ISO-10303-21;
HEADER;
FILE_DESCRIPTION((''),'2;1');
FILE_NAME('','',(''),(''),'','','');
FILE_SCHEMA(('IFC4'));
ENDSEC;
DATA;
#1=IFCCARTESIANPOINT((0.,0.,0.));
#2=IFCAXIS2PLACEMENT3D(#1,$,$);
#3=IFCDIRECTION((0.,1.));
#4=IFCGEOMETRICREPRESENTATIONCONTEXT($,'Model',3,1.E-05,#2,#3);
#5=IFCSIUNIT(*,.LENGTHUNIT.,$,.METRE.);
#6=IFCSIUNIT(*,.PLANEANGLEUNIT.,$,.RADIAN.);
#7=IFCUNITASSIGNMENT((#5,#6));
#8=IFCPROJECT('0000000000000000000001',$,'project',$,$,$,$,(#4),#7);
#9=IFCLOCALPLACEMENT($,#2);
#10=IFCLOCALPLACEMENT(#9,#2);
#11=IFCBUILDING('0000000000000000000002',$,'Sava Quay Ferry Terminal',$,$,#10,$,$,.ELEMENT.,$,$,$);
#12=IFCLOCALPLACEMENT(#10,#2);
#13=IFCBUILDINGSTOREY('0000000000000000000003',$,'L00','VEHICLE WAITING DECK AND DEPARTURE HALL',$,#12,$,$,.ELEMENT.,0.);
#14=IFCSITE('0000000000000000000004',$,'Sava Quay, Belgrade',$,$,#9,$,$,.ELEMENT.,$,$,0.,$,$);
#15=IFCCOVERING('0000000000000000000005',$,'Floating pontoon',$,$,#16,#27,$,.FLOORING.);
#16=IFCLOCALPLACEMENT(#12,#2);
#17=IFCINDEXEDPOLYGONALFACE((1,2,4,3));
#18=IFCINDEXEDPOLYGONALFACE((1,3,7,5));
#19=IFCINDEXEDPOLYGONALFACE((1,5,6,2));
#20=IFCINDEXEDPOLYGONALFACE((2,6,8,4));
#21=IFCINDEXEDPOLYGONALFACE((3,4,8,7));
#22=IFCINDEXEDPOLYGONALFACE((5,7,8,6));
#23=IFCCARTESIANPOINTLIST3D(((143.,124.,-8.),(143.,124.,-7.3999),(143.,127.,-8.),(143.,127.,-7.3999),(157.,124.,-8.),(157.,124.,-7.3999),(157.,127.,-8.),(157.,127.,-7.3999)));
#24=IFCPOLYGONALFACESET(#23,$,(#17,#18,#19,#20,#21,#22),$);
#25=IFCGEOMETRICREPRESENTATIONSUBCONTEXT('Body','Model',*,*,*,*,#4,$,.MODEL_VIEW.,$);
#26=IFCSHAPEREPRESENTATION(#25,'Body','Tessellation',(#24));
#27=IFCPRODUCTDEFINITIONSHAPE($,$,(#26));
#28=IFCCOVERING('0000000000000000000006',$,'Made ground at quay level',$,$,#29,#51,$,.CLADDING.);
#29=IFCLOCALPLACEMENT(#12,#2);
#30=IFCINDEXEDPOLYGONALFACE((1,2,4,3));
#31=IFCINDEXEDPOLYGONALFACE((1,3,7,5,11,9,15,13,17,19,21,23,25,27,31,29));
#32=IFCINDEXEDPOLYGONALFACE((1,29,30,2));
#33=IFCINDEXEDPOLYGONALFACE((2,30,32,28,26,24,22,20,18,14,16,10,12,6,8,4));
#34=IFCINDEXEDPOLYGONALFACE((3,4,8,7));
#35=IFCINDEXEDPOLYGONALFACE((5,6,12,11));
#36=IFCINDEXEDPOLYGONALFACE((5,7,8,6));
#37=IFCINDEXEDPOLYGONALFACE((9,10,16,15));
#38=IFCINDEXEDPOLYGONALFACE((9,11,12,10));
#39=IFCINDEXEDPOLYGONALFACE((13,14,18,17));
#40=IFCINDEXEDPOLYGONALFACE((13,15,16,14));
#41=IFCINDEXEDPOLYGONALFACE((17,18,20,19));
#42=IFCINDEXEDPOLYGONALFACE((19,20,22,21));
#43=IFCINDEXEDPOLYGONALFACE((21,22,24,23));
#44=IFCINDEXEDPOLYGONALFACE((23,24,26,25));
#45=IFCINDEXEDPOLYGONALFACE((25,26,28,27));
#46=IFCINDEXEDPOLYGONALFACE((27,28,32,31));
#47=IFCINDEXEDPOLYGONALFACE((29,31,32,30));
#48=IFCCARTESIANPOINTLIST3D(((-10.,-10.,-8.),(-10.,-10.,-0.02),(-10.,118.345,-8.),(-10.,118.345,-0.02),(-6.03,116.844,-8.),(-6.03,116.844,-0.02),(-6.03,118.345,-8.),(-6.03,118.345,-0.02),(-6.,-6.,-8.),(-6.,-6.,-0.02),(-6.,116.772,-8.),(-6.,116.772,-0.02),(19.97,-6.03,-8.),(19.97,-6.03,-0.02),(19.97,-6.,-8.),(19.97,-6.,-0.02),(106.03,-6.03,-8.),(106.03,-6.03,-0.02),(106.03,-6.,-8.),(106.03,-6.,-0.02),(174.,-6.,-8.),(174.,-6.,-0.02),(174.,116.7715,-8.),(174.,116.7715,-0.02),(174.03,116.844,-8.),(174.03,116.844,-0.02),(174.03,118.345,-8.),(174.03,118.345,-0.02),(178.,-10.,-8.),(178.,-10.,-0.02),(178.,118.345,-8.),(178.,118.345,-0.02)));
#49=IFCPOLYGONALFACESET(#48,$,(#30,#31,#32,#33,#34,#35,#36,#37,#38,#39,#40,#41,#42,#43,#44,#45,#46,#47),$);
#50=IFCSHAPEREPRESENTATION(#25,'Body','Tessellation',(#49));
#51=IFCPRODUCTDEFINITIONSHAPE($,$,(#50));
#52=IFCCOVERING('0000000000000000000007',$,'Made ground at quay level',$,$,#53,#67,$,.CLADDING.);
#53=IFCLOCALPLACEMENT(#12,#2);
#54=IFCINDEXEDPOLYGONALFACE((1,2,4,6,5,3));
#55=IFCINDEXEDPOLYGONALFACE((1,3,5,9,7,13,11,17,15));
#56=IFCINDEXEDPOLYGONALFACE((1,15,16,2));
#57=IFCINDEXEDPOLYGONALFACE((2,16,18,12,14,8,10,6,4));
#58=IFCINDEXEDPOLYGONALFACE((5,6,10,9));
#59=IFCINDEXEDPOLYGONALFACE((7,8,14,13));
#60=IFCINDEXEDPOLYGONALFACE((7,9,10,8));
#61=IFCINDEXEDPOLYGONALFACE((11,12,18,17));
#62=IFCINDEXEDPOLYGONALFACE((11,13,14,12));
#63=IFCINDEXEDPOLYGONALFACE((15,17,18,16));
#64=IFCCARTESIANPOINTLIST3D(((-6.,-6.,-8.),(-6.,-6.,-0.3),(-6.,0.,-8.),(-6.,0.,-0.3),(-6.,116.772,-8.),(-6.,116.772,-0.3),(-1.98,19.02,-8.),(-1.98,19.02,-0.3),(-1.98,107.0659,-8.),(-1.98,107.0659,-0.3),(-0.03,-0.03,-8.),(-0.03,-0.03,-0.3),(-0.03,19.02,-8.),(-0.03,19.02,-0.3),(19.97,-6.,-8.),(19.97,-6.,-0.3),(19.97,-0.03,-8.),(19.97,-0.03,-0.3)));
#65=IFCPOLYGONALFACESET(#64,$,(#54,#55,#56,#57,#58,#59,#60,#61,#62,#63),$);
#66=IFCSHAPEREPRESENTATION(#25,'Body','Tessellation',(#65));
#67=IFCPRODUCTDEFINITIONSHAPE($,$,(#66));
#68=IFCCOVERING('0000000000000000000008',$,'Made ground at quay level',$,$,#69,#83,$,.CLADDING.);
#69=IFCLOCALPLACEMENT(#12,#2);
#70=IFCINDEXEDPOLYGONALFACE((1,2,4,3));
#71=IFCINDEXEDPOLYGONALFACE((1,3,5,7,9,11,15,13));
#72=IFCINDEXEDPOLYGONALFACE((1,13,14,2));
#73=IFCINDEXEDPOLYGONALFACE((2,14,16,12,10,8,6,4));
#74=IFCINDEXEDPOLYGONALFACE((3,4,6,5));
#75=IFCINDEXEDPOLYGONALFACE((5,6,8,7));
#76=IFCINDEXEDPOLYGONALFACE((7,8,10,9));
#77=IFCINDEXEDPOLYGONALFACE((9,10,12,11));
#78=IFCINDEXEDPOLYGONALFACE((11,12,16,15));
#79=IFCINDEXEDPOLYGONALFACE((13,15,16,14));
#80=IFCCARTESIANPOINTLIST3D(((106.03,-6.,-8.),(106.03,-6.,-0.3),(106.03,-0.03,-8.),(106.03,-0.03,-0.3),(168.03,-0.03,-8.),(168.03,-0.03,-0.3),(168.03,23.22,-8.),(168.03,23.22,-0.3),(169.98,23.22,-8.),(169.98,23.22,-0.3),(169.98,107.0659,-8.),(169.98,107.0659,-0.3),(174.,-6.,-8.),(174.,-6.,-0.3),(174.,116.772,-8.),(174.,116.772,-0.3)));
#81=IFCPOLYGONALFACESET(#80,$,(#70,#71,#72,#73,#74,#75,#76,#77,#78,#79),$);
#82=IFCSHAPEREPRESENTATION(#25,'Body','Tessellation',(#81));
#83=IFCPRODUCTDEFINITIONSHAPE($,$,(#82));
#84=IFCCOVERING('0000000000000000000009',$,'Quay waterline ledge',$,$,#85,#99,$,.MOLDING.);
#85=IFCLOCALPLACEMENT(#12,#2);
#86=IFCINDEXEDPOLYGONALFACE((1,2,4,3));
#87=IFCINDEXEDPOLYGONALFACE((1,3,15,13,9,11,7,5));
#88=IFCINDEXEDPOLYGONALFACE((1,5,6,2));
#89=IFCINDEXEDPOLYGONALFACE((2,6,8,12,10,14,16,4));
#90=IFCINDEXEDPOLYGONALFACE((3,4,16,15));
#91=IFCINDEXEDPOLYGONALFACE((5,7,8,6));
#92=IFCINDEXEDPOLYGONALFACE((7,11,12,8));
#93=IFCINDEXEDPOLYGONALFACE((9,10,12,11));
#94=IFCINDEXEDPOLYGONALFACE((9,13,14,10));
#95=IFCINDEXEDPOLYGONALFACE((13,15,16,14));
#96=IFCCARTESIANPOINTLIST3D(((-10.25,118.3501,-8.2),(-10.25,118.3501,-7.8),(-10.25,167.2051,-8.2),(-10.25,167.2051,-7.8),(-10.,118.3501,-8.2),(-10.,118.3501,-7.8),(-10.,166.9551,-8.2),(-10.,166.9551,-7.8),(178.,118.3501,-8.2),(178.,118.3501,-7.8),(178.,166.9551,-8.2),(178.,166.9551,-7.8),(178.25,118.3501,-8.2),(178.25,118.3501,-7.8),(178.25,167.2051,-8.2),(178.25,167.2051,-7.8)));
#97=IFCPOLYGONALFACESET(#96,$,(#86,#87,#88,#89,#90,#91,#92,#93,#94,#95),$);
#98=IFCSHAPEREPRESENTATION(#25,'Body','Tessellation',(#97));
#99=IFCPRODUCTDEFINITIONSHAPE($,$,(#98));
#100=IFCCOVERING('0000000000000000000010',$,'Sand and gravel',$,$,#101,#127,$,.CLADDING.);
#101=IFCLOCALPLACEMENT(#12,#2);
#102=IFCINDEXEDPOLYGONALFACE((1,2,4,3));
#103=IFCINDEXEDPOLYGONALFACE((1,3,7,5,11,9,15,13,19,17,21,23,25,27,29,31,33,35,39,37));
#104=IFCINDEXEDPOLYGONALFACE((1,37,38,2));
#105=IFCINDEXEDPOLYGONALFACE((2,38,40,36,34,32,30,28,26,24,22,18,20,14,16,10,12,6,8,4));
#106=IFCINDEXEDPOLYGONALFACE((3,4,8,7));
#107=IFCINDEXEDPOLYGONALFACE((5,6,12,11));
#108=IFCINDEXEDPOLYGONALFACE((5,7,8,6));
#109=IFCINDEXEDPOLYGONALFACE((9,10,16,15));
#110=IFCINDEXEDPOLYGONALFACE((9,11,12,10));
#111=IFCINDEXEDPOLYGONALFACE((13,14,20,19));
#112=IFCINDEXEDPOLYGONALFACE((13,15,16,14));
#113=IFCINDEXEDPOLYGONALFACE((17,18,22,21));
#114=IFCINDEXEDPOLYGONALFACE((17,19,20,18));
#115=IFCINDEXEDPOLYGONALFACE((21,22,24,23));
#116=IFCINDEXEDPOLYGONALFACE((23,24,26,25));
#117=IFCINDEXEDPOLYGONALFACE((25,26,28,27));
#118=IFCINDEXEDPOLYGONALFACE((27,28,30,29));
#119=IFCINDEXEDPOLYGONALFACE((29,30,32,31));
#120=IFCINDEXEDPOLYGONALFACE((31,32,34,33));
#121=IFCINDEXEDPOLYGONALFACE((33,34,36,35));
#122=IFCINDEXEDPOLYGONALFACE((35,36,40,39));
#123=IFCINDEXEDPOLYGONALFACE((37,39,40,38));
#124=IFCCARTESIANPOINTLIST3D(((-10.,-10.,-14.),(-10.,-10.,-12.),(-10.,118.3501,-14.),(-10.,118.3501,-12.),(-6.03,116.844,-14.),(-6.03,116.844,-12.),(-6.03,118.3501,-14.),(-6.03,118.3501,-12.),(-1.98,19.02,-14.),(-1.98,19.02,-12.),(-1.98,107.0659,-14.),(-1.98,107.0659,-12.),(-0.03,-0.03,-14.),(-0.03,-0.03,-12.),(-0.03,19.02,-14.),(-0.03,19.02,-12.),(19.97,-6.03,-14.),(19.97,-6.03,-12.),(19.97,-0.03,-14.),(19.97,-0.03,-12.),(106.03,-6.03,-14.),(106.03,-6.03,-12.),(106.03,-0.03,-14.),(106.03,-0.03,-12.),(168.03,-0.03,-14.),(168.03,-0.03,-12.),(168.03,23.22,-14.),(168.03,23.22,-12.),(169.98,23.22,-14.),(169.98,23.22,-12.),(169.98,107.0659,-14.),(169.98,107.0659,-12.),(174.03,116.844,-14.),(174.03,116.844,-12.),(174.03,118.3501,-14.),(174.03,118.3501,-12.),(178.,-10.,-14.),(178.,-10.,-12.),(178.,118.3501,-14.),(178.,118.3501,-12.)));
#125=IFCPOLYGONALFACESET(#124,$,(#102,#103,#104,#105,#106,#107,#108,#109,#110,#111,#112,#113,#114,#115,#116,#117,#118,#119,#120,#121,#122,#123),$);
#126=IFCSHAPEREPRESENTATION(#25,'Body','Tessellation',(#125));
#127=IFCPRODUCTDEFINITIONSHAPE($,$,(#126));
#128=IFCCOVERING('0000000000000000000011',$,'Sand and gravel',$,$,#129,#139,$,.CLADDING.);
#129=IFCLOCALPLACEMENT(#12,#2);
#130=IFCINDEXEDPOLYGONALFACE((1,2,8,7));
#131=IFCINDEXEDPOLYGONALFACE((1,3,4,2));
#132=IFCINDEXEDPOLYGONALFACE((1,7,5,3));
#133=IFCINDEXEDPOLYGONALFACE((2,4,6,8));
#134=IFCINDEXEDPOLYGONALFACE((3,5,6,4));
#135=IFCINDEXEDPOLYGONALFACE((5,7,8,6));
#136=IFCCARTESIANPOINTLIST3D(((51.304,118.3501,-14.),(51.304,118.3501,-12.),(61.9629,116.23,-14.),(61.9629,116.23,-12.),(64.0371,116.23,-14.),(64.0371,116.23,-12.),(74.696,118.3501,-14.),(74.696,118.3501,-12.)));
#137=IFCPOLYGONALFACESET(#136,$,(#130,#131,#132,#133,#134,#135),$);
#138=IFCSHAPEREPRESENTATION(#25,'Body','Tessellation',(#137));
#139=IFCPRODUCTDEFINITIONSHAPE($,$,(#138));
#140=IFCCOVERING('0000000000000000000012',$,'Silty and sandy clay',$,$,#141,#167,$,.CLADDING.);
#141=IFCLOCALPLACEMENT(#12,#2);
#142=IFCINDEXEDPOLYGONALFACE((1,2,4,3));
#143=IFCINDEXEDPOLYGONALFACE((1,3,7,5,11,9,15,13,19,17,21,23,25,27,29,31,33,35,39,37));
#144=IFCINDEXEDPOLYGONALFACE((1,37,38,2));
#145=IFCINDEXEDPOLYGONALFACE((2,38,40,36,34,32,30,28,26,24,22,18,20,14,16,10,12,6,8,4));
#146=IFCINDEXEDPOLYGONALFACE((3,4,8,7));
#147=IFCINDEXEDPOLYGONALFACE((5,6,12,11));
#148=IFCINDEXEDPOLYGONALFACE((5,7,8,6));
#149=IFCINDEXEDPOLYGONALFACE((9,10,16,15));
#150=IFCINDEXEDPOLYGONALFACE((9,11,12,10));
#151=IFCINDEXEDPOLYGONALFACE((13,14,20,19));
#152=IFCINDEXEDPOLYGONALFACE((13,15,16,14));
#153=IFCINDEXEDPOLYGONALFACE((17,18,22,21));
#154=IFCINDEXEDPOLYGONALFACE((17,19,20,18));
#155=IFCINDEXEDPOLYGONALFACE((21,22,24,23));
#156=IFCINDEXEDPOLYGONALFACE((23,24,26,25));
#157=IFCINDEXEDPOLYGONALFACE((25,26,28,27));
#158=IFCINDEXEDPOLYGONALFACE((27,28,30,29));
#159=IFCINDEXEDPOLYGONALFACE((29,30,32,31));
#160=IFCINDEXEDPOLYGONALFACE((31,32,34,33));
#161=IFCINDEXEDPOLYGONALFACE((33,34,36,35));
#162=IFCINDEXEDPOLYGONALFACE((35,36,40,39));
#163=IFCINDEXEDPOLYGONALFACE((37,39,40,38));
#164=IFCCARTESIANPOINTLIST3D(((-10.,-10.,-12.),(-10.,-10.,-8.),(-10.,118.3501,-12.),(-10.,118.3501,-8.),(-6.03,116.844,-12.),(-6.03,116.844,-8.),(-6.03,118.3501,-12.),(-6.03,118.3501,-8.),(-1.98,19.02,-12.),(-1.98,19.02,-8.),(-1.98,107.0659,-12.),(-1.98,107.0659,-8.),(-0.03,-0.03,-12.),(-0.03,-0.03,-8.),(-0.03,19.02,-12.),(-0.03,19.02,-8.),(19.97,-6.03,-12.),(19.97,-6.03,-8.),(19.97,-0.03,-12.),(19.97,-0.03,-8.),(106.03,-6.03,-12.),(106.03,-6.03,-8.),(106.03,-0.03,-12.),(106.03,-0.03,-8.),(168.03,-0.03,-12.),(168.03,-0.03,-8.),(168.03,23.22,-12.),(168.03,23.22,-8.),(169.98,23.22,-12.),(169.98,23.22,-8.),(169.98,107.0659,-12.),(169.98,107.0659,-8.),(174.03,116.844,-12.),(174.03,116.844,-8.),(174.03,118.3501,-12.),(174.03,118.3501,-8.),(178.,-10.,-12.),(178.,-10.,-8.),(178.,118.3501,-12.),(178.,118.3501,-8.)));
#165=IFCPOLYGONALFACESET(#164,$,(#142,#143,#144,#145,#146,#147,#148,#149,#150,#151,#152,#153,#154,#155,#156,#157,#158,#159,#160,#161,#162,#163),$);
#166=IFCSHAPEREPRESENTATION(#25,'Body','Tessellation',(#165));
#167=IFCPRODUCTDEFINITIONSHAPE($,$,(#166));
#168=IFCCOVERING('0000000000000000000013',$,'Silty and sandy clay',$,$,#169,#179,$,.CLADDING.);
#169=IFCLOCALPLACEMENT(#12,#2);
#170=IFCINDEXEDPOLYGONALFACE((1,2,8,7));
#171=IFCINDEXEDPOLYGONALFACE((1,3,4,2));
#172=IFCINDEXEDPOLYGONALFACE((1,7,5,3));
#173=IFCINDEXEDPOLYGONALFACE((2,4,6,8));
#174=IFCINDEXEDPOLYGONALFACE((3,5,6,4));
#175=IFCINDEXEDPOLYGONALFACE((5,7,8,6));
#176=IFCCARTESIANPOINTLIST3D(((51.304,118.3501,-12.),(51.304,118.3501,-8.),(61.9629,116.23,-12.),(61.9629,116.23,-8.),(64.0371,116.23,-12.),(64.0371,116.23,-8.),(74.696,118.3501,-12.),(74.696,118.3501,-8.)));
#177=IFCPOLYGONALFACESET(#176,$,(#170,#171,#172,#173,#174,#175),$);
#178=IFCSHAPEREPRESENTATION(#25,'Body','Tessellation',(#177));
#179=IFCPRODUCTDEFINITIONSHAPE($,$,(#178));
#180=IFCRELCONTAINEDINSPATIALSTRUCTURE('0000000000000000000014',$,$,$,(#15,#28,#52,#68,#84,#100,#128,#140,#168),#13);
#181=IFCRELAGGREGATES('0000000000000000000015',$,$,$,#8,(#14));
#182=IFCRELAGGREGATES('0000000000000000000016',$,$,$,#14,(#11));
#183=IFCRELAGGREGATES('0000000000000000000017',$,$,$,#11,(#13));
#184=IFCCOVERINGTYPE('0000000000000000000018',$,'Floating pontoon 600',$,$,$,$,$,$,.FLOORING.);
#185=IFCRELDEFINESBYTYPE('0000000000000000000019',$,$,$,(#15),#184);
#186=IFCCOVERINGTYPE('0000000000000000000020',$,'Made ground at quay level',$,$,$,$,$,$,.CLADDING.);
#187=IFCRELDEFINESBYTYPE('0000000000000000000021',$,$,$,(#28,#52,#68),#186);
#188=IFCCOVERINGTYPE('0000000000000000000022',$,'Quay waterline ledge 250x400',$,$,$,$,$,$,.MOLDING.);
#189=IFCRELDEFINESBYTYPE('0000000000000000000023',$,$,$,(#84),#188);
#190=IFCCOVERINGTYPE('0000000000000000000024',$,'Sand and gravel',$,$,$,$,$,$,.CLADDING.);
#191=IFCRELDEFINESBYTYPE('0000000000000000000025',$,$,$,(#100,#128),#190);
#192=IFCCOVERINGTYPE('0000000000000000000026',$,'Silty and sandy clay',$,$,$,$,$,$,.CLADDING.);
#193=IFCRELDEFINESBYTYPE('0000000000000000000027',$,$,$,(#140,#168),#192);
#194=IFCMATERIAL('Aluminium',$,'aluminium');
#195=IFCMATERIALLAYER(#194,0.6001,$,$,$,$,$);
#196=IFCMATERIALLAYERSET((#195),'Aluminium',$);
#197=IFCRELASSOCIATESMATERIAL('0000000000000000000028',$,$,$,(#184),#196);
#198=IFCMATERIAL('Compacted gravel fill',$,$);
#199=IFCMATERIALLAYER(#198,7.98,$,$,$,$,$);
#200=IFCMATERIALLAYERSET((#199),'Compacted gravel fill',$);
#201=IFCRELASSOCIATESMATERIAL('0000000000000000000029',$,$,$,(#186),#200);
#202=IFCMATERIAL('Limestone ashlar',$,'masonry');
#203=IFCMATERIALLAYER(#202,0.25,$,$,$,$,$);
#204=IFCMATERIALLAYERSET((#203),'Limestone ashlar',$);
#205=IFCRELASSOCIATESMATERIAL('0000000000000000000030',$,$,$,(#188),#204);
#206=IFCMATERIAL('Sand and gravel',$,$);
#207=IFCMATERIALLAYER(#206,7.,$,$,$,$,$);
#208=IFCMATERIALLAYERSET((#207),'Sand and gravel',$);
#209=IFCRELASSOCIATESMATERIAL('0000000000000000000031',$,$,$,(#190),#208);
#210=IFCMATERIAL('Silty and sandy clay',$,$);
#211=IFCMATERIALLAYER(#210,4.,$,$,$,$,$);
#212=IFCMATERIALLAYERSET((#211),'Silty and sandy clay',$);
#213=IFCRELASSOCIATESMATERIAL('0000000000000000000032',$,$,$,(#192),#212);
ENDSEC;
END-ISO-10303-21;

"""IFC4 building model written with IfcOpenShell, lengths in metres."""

from ifc_helpers import new_model, si_unit, direction, frame, origin, place, context, subcontext, project, spatial, polyline, outline, extrude, material, layer, layer_set, type_object, element, save


model = new_model("IFC4")

# Units and contexts
model_context = context("Model", 3, precision=1e-05, world=origin(), true_north=direction((0.0, 1.0)))
body_context = subcontext(model_context, "Body", "Model", "MODEL_VIEW")
ifc_project = project(units=[si_unit("LENGTHUNIT", "METRE"), si_unit("PLANEANGLEUNIT", "RADIAN")], contexts=[model_context])

# Site, building, storey
site_placement = place(None, origin())
site = spatial("IfcSite", under=ifc_project, at=site_placement, Name="Sava Quay, Belgrade", CompositionType="ELEMENT", RefElevation=0.0)
building_placement = place(site_placement, origin())
building = spatial("IfcBuilding", under=site, at=building_placement, Name="Sava Quay Ferry Terminal", CompositionType="ELEMENT")
storey_placement = place(building_placement, origin())
storey = spatial("IfcBuildingStorey", under=building, at=storey_placement, Name="L00", Description="VEHICLE WAITING DECK AND DEPARTURE HALL", CompositionType="ELEMENT", Elevation=0.0)

# Coverings
ifc_material_1 = material(Name="Aluminium", Category="aluminium")
ifc_layer_1 = layer(ifc_material_1, 0.6001)
ifc_layer_set_1 = layer_set([ifc_layer_1], Name="Aluminium")
covering_type_1 = type_object("IfcCoveringType", Name="Floating pontoon 600", PredefinedType="FLOORING", material=ifc_layer_set_1)
covering_1_placement = place(storey_placement, frame((0.0, 0.0, -8.0)))
element("IfcCovering", 1, at=covering_1_placement, inside=storey, type_object=covering_type_1, Name="Floating pontoon", PredefinedType="FLOORING", context=body_context, shape_type="SweptSolid", body=[
    extrude(outline(polyline([(157.0, 124.0), (157.0, 127.0), (143.0, 127.0), (143.0, 124.0), (157.0, 124.0)])), origin(), (0.0, 0.0, 1.0), 0.6001),
])
ifc_material_2 = material(Name="Compacted gravel fill")
ifc_layer_2 = layer(ifc_material_2, 7.98)
ifc_layer_set_2 = layer_set([ifc_layer_2], Name="Compacted gravel fill")
covering_type_2 = type_object("IfcCoveringType", Name="Made ground at quay level", PredefinedType="CLADDING", material=ifc_layer_set_2)
covering_2_placement = place(storey_placement, frame((0.0, 0.0, -8.0)))
element("IfcCovering", 2, at=covering_2_placement, inside=storey, type_object=covering_type_2, Name="Made ground at quay level", PredefinedType="CLADDING", context=body_context, shape_type="SweptSolid", body=[
    extrude(outline(polyline([(-10.0, 118.345), (-10.0, -10.0), (178.0, -10.0), (178.0, 118.345), (174.03, 118.345), (174.03, 116.844), (169.98, 107.0659), (174.0, 116.772), (174.0, -6.0), (106.03, -6.0), (106.03, -6.03), (19.97, -6.03), (19.97, -6.0), (-6.0, -6.0), (-6.0, 116.772), (-6.03, 116.844), (-6.03, 118.345), (-10.0, 118.345)])), origin(), (0.0, 0.0, 1.0), 7.98),
])
covering_3_placement = place(storey_placement, frame((0.0, 0.0, -8.0)))
element("IfcCovering", 3, at=covering_3_placement, inside=storey, type_object=covering_type_2, Name="Made ground at quay level", PredefinedType="CLADDING", context=body_context, shape_type="SweptSolid", body=[
    extrude(outline(polyline([(-6.0, -6.0), (19.97, -6.0), (19.97, -0.03), (-0.03, -0.03), (-0.03, 19.02), (-1.98, 19.02), (-1.98, 107.0659), (-6.0, 116.772), (-6.0, 0.0), (-6.0, -6.0)])), origin(), (0.0, 0.0, 1.0), 7.7),
])
covering_4_placement = place(storey_placement, frame((0.0, 0.0, -8.0)))
element("IfcCovering", 4, at=covering_4_placement, inside=storey, type_object=covering_type_2, Name="Made ground at quay level", PredefinedType="CLADDING", context=body_context, shape_type="SweptSolid", body=[
    extrude(outline(polyline([(174.0, 116.772), (169.98, 107.0659), (169.98, 23.22), (168.03, 23.22), (168.03, -0.03), (106.03, -0.03), (106.03, -6.0), (174.0, -6.0), (174.0, 116.772)])), origin(), (0.0, 0.0, 1.0), 7.7),
])
ifc_material_3 = material(Name="Limestone ashlar", Category="masonry")
ifc_layer_3 = layer(ifc_material_3, 0.25)
ifc_layer_set_3 = layer_set([ifc_layer_3], Name="Limestone ashlar")
covering_type_3 = type_object("IfcCoveringType", Name="Quay waterline ledge 250x400", PredefinedType="MOLDING", material=ifc_layer_set_3)
covering_5_placement = place(storey_placement, frame((0.0, 0.0, -8.2)))
element("IfcCovering", 5, at=covering_5_placement, inside=storey, type_object=covering_type_3, Name="Quay waterline ledge", PredefinedType="MOLDING", context=body_context, shape_type="SweptSolid", body=[
    extrude(outline(polyline([(-10.25, 118.3501), (-10.0, 118.3501), (-10.0, 166.9551), (178.0, 166.9551), (178.0, 118.3501), (178.25, 118.3501), (178.25, 167.2051), (-10.25, 167.2051), (-10.25, 118.3501)])), origin(), (0.0, 0.0, 1.0), 0.3999),
])
ifc_material_4 = material(Name="Sand and gravel")
ifc_layer_4 = layer(ifc_material_4, 7.0)
ifc_layer_set_4 = layer_set([ifc_layer_4], Name="Sand and gravel")
covering_type_4 = type_object("IfcCoveringType", Name="Sand and gravel", PredefinedType="CLADDING", material=ifc_layer_set_4)
covering_6_placement = place(storey_placement, frame((0.0, 0.0, -14.0)))
element("IfcCovering", 6, at=covering_6_placement, inside=storey, type_object=covering_type_4, Name="Sand and gravel", PredefinedType="CLADDING", context=body_context, shape_type="SweptSolid", body=[
    extrude(outline(polyline([(178.0, -10.0), (178.0, 118.3501), (174.03, 118.3501), (174.03, 116.844), (169.98, 107.0659), (169.98, 23.22), (168.03, 23.22), (168.03, -0.03), (106.03, -0.03), (106.03, -6.03), (19.97, -6.03), (19.97, -0.03), (-0.03, -0.03), (-0.03, 19.02), (-1.98, 19.02), (-1.98, 107.0659), (-6.03, 116.844), (-6.03, 118.3501), (-10.0, 118.3501), (-10.0, -10.0), (178.0, -10.0)])), origin(), (0.0, 0.0, 1.0), 2.0),
])
covering_7_placement = place(storey_placement, frame((0.0, 0.0, -14.0)))
element("IfcCovering", 7, at=covering_7_placement, inside=storey, type_object=covering_type_4, Name="Sand and gravel", PredefinedType="CLADDING", context=body_context, shape_type="SweptSolid", body=[
    extrude(outline(polyline([(64.0371, 116.23), (74.696, 118.3501), (51.304, 118.3501), (61.9629, 116.23), (64.0371, 116.23)])), origin(), (0.0, 0.0, 1.0), 2.0),
])
ifc_material_5 = material(Name="Silty and sandy clay")
ifc_layer_5 = layer(ifc_material_5, 4.0)
ifc_layer_set_5 = layer_set([ifc_layer_5], Name="Silty and sandy clay")
covering_type_5 = type_object("IfcCoveringType", Name="Silty and sandy clay", PredefinedType="CLADDING", material=ifc_layer_set_5)
covering_8_placement = place(storey_placement, frame((0.0, 0.0, -12.0)))
element("IfcCovering", 8, at=covering_8_placement, inside=storey, type_object=covering_type_5, Name="Silty and sandy clay", PredefinedType="CLADDING", context=body_context, shape_type="SweptSolid", body=[
    extrude(outline(polyline([(178.0, -10.0), (178.0, 118.3501), (174.03, 118.3501), (174.03, 116.844), (169.98, 107.0659), (169.98, 23.22), (168.03, 23.22), (168.03, -0.03), (106.03, -0.03), (106.03, -6.03), (19.97, -6.03), (19.97, -0.03), (-0.03, -0.03), (-0.03, 19.02), (-1.98, 19.02), (-1.98, 107.0659), (-6.03, 116.844), (-6.03, 118.3501), (-10.0, 118.3501), (-10.0, -10.0), (178.0, -10.0)])), origin(), (0.0, 0.0, 1.0), 4.0),
])
covering_9_placement = place(storey_placement, frame((0.0, 0.0, -12.0)))
element("IfcCovering", 9, at=covering_9_placement, inside=storey, type_object=covering_type_5, Name="Silty and sandy clay", PredefinedType="CLADDING", context=body_context, shape_type="SweptSolid", body=[
    extrude(outline(polyline([(64.0371, 116.23), (74.696, 118.3501), (51.304, 118.3501), (61.9629, 116.23), (64.0371, 116.23)])), origin(), (0.0, 0.0, 1.0), 4.0),
])

save(model, "model.ifc")
